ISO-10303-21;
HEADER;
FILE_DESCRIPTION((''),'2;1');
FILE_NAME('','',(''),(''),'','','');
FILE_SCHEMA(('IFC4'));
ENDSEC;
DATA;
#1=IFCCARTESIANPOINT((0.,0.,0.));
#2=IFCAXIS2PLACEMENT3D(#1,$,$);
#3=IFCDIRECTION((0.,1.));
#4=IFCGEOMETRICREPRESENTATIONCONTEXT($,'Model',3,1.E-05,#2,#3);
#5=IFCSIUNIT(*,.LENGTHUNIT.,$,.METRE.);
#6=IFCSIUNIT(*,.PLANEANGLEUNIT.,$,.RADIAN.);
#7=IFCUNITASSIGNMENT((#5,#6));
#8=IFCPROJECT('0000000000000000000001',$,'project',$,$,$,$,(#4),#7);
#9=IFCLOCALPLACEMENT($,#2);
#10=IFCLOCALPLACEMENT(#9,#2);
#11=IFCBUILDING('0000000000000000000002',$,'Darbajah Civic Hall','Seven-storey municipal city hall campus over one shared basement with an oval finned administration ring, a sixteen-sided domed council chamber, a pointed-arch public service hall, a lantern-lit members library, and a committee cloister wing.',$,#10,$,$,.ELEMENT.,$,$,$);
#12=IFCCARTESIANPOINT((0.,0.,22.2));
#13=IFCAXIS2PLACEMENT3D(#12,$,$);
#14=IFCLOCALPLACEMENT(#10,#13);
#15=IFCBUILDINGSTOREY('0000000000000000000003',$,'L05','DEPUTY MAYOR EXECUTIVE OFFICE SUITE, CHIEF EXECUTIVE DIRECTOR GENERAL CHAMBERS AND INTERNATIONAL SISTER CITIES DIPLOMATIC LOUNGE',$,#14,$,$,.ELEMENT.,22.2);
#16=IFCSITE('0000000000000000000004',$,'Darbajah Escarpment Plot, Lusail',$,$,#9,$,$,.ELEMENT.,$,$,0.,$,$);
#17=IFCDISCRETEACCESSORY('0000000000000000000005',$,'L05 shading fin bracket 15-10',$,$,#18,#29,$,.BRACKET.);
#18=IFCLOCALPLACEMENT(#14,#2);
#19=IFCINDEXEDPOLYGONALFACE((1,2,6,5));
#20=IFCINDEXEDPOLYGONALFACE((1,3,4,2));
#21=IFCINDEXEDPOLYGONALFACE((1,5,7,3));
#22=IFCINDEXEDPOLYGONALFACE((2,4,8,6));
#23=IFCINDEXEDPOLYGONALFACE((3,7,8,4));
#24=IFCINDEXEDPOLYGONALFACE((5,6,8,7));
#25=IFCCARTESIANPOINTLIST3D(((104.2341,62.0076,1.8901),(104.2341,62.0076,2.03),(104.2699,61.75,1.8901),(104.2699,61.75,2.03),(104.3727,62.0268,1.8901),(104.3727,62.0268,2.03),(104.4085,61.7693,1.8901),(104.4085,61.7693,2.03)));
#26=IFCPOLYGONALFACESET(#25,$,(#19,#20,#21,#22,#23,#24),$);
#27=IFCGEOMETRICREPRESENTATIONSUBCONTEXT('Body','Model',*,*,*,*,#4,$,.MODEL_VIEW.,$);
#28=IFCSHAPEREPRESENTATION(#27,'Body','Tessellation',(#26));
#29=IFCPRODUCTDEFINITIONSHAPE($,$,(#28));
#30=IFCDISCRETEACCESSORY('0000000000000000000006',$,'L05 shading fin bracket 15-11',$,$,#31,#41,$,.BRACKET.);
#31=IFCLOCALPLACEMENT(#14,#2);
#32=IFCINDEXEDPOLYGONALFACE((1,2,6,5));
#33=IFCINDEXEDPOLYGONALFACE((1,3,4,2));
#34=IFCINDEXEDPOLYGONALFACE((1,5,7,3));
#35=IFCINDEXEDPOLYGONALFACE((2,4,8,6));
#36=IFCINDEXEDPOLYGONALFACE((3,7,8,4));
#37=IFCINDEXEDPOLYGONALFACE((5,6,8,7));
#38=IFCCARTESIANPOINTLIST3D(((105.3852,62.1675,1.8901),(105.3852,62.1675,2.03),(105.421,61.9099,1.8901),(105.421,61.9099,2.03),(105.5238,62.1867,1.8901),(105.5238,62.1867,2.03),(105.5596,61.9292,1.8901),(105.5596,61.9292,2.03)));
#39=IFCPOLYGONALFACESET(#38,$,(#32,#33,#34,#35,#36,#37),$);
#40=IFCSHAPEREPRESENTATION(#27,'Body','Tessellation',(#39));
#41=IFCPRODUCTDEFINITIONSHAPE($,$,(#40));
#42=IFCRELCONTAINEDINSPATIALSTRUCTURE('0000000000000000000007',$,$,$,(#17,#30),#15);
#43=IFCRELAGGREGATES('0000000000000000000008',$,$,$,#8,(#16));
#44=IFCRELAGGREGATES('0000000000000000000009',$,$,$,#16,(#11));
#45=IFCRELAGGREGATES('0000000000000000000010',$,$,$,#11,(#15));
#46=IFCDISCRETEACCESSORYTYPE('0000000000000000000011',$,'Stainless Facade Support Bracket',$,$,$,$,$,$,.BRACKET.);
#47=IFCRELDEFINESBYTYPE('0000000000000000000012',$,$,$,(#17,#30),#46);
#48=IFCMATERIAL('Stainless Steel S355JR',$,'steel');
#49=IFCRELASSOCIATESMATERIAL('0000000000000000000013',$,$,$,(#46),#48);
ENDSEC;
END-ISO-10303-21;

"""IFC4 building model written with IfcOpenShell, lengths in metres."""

from ifc_helpers import new_model, si_unit, direction, frame, origin, origin_2d, place, context, subcontext, project, spatial, rectangle, extrude, material, type_object, element, save


model = new_model("IFC4")

# Units and contexts
model_context = context("Model", 3, precision=1e-05, world=origin(), true_north=direction((0.0, 1.0)))
body_context = subcontext(model_context, "Body", "Model", "MODEL_VIEW")
ifc_project = project(units=[si_unit("LENGTHUNIT", "METRE"), si_unit("PLANEANGLEUNIT", "RADIAN")], contexts=[model_context])

# Site, building, storey
site_placement = place(None, origin())
site = spatial("IfcSite", under=ifc_project, at=site_placement, Name="Darbajah Escarpment Plot, Lusail", CompositionType="ELEMENT", RefElevation=0.0)
building_placement = place(site_placement, origin())
building = spatial("IfcBuilding", under=site, at=building_placement, Name="Darbajah Civic Hall", Description="Seven-storey municipal city hall campus over one shared basement with an oval finned administration ring, a sixteen-sided domed council chamber, a pointed-arch public service hall, a lantern-lit members library, and a committee cloister wing.", CompositionType="ELEMENT")
storey_placement = place(building_placement, frame((0.0, 0.0, 22.2)))
storey = spatial("IfcBuildingStorey", under=building, at=storey_placement, Name="L05", Description="DEPUTY MAYOR EXECUTIVE OFFICE SUITE, CHIEF EXECUTIVE DIRECTOR GENERAL CHAMBERS AND INTERNATIONAL SISTER CITIES DIPLOMATIC LOUNGE", CompositionType="ELEMENT", Elevation=22.2)

# Discrete accessories
ifc_material_1 = material(Name="Stainless Steel S355JR", Category="steel")
discrete_accessory_type = type_object("IfcDiscreteAccessoryType", Name="Stainless Facade Support Bracket", PredefinedType="BRACKET", material=ifc_material_1)
for number, where, z_axis, x_axis, name in (
    (1, (104.3213, 61.8884, 1.8901), (0.0, 0.0, 1.0), (0.137617, -0.990485, 0.0), "L05 shading fin bracket 15-10"),
    (2, (105.4724, 62.0483, 1.8901), (0.0, 0.0, 1.0), (0.137617, -0.990485, 0.0), "L05 shading fin bracket 15-11"),
):
    element("IfcDiscreteAccessory", number, at=place(storey_placement, frame(where, z_axis=z_axis, x_axis=x_axis)), inside=storey, type_object=discrete_accessory_type, Name=name, PredefinedType="BRACKET", context=body_context, shape_type="SweptSolid", body=[
        extrude(rectangle(XDim=0.26, YDim=0.1399, at=origin_2d()), origin(), (0.0, 0.0, 1.0), 0.1399),
    ])

save(model, "model.ifc")
